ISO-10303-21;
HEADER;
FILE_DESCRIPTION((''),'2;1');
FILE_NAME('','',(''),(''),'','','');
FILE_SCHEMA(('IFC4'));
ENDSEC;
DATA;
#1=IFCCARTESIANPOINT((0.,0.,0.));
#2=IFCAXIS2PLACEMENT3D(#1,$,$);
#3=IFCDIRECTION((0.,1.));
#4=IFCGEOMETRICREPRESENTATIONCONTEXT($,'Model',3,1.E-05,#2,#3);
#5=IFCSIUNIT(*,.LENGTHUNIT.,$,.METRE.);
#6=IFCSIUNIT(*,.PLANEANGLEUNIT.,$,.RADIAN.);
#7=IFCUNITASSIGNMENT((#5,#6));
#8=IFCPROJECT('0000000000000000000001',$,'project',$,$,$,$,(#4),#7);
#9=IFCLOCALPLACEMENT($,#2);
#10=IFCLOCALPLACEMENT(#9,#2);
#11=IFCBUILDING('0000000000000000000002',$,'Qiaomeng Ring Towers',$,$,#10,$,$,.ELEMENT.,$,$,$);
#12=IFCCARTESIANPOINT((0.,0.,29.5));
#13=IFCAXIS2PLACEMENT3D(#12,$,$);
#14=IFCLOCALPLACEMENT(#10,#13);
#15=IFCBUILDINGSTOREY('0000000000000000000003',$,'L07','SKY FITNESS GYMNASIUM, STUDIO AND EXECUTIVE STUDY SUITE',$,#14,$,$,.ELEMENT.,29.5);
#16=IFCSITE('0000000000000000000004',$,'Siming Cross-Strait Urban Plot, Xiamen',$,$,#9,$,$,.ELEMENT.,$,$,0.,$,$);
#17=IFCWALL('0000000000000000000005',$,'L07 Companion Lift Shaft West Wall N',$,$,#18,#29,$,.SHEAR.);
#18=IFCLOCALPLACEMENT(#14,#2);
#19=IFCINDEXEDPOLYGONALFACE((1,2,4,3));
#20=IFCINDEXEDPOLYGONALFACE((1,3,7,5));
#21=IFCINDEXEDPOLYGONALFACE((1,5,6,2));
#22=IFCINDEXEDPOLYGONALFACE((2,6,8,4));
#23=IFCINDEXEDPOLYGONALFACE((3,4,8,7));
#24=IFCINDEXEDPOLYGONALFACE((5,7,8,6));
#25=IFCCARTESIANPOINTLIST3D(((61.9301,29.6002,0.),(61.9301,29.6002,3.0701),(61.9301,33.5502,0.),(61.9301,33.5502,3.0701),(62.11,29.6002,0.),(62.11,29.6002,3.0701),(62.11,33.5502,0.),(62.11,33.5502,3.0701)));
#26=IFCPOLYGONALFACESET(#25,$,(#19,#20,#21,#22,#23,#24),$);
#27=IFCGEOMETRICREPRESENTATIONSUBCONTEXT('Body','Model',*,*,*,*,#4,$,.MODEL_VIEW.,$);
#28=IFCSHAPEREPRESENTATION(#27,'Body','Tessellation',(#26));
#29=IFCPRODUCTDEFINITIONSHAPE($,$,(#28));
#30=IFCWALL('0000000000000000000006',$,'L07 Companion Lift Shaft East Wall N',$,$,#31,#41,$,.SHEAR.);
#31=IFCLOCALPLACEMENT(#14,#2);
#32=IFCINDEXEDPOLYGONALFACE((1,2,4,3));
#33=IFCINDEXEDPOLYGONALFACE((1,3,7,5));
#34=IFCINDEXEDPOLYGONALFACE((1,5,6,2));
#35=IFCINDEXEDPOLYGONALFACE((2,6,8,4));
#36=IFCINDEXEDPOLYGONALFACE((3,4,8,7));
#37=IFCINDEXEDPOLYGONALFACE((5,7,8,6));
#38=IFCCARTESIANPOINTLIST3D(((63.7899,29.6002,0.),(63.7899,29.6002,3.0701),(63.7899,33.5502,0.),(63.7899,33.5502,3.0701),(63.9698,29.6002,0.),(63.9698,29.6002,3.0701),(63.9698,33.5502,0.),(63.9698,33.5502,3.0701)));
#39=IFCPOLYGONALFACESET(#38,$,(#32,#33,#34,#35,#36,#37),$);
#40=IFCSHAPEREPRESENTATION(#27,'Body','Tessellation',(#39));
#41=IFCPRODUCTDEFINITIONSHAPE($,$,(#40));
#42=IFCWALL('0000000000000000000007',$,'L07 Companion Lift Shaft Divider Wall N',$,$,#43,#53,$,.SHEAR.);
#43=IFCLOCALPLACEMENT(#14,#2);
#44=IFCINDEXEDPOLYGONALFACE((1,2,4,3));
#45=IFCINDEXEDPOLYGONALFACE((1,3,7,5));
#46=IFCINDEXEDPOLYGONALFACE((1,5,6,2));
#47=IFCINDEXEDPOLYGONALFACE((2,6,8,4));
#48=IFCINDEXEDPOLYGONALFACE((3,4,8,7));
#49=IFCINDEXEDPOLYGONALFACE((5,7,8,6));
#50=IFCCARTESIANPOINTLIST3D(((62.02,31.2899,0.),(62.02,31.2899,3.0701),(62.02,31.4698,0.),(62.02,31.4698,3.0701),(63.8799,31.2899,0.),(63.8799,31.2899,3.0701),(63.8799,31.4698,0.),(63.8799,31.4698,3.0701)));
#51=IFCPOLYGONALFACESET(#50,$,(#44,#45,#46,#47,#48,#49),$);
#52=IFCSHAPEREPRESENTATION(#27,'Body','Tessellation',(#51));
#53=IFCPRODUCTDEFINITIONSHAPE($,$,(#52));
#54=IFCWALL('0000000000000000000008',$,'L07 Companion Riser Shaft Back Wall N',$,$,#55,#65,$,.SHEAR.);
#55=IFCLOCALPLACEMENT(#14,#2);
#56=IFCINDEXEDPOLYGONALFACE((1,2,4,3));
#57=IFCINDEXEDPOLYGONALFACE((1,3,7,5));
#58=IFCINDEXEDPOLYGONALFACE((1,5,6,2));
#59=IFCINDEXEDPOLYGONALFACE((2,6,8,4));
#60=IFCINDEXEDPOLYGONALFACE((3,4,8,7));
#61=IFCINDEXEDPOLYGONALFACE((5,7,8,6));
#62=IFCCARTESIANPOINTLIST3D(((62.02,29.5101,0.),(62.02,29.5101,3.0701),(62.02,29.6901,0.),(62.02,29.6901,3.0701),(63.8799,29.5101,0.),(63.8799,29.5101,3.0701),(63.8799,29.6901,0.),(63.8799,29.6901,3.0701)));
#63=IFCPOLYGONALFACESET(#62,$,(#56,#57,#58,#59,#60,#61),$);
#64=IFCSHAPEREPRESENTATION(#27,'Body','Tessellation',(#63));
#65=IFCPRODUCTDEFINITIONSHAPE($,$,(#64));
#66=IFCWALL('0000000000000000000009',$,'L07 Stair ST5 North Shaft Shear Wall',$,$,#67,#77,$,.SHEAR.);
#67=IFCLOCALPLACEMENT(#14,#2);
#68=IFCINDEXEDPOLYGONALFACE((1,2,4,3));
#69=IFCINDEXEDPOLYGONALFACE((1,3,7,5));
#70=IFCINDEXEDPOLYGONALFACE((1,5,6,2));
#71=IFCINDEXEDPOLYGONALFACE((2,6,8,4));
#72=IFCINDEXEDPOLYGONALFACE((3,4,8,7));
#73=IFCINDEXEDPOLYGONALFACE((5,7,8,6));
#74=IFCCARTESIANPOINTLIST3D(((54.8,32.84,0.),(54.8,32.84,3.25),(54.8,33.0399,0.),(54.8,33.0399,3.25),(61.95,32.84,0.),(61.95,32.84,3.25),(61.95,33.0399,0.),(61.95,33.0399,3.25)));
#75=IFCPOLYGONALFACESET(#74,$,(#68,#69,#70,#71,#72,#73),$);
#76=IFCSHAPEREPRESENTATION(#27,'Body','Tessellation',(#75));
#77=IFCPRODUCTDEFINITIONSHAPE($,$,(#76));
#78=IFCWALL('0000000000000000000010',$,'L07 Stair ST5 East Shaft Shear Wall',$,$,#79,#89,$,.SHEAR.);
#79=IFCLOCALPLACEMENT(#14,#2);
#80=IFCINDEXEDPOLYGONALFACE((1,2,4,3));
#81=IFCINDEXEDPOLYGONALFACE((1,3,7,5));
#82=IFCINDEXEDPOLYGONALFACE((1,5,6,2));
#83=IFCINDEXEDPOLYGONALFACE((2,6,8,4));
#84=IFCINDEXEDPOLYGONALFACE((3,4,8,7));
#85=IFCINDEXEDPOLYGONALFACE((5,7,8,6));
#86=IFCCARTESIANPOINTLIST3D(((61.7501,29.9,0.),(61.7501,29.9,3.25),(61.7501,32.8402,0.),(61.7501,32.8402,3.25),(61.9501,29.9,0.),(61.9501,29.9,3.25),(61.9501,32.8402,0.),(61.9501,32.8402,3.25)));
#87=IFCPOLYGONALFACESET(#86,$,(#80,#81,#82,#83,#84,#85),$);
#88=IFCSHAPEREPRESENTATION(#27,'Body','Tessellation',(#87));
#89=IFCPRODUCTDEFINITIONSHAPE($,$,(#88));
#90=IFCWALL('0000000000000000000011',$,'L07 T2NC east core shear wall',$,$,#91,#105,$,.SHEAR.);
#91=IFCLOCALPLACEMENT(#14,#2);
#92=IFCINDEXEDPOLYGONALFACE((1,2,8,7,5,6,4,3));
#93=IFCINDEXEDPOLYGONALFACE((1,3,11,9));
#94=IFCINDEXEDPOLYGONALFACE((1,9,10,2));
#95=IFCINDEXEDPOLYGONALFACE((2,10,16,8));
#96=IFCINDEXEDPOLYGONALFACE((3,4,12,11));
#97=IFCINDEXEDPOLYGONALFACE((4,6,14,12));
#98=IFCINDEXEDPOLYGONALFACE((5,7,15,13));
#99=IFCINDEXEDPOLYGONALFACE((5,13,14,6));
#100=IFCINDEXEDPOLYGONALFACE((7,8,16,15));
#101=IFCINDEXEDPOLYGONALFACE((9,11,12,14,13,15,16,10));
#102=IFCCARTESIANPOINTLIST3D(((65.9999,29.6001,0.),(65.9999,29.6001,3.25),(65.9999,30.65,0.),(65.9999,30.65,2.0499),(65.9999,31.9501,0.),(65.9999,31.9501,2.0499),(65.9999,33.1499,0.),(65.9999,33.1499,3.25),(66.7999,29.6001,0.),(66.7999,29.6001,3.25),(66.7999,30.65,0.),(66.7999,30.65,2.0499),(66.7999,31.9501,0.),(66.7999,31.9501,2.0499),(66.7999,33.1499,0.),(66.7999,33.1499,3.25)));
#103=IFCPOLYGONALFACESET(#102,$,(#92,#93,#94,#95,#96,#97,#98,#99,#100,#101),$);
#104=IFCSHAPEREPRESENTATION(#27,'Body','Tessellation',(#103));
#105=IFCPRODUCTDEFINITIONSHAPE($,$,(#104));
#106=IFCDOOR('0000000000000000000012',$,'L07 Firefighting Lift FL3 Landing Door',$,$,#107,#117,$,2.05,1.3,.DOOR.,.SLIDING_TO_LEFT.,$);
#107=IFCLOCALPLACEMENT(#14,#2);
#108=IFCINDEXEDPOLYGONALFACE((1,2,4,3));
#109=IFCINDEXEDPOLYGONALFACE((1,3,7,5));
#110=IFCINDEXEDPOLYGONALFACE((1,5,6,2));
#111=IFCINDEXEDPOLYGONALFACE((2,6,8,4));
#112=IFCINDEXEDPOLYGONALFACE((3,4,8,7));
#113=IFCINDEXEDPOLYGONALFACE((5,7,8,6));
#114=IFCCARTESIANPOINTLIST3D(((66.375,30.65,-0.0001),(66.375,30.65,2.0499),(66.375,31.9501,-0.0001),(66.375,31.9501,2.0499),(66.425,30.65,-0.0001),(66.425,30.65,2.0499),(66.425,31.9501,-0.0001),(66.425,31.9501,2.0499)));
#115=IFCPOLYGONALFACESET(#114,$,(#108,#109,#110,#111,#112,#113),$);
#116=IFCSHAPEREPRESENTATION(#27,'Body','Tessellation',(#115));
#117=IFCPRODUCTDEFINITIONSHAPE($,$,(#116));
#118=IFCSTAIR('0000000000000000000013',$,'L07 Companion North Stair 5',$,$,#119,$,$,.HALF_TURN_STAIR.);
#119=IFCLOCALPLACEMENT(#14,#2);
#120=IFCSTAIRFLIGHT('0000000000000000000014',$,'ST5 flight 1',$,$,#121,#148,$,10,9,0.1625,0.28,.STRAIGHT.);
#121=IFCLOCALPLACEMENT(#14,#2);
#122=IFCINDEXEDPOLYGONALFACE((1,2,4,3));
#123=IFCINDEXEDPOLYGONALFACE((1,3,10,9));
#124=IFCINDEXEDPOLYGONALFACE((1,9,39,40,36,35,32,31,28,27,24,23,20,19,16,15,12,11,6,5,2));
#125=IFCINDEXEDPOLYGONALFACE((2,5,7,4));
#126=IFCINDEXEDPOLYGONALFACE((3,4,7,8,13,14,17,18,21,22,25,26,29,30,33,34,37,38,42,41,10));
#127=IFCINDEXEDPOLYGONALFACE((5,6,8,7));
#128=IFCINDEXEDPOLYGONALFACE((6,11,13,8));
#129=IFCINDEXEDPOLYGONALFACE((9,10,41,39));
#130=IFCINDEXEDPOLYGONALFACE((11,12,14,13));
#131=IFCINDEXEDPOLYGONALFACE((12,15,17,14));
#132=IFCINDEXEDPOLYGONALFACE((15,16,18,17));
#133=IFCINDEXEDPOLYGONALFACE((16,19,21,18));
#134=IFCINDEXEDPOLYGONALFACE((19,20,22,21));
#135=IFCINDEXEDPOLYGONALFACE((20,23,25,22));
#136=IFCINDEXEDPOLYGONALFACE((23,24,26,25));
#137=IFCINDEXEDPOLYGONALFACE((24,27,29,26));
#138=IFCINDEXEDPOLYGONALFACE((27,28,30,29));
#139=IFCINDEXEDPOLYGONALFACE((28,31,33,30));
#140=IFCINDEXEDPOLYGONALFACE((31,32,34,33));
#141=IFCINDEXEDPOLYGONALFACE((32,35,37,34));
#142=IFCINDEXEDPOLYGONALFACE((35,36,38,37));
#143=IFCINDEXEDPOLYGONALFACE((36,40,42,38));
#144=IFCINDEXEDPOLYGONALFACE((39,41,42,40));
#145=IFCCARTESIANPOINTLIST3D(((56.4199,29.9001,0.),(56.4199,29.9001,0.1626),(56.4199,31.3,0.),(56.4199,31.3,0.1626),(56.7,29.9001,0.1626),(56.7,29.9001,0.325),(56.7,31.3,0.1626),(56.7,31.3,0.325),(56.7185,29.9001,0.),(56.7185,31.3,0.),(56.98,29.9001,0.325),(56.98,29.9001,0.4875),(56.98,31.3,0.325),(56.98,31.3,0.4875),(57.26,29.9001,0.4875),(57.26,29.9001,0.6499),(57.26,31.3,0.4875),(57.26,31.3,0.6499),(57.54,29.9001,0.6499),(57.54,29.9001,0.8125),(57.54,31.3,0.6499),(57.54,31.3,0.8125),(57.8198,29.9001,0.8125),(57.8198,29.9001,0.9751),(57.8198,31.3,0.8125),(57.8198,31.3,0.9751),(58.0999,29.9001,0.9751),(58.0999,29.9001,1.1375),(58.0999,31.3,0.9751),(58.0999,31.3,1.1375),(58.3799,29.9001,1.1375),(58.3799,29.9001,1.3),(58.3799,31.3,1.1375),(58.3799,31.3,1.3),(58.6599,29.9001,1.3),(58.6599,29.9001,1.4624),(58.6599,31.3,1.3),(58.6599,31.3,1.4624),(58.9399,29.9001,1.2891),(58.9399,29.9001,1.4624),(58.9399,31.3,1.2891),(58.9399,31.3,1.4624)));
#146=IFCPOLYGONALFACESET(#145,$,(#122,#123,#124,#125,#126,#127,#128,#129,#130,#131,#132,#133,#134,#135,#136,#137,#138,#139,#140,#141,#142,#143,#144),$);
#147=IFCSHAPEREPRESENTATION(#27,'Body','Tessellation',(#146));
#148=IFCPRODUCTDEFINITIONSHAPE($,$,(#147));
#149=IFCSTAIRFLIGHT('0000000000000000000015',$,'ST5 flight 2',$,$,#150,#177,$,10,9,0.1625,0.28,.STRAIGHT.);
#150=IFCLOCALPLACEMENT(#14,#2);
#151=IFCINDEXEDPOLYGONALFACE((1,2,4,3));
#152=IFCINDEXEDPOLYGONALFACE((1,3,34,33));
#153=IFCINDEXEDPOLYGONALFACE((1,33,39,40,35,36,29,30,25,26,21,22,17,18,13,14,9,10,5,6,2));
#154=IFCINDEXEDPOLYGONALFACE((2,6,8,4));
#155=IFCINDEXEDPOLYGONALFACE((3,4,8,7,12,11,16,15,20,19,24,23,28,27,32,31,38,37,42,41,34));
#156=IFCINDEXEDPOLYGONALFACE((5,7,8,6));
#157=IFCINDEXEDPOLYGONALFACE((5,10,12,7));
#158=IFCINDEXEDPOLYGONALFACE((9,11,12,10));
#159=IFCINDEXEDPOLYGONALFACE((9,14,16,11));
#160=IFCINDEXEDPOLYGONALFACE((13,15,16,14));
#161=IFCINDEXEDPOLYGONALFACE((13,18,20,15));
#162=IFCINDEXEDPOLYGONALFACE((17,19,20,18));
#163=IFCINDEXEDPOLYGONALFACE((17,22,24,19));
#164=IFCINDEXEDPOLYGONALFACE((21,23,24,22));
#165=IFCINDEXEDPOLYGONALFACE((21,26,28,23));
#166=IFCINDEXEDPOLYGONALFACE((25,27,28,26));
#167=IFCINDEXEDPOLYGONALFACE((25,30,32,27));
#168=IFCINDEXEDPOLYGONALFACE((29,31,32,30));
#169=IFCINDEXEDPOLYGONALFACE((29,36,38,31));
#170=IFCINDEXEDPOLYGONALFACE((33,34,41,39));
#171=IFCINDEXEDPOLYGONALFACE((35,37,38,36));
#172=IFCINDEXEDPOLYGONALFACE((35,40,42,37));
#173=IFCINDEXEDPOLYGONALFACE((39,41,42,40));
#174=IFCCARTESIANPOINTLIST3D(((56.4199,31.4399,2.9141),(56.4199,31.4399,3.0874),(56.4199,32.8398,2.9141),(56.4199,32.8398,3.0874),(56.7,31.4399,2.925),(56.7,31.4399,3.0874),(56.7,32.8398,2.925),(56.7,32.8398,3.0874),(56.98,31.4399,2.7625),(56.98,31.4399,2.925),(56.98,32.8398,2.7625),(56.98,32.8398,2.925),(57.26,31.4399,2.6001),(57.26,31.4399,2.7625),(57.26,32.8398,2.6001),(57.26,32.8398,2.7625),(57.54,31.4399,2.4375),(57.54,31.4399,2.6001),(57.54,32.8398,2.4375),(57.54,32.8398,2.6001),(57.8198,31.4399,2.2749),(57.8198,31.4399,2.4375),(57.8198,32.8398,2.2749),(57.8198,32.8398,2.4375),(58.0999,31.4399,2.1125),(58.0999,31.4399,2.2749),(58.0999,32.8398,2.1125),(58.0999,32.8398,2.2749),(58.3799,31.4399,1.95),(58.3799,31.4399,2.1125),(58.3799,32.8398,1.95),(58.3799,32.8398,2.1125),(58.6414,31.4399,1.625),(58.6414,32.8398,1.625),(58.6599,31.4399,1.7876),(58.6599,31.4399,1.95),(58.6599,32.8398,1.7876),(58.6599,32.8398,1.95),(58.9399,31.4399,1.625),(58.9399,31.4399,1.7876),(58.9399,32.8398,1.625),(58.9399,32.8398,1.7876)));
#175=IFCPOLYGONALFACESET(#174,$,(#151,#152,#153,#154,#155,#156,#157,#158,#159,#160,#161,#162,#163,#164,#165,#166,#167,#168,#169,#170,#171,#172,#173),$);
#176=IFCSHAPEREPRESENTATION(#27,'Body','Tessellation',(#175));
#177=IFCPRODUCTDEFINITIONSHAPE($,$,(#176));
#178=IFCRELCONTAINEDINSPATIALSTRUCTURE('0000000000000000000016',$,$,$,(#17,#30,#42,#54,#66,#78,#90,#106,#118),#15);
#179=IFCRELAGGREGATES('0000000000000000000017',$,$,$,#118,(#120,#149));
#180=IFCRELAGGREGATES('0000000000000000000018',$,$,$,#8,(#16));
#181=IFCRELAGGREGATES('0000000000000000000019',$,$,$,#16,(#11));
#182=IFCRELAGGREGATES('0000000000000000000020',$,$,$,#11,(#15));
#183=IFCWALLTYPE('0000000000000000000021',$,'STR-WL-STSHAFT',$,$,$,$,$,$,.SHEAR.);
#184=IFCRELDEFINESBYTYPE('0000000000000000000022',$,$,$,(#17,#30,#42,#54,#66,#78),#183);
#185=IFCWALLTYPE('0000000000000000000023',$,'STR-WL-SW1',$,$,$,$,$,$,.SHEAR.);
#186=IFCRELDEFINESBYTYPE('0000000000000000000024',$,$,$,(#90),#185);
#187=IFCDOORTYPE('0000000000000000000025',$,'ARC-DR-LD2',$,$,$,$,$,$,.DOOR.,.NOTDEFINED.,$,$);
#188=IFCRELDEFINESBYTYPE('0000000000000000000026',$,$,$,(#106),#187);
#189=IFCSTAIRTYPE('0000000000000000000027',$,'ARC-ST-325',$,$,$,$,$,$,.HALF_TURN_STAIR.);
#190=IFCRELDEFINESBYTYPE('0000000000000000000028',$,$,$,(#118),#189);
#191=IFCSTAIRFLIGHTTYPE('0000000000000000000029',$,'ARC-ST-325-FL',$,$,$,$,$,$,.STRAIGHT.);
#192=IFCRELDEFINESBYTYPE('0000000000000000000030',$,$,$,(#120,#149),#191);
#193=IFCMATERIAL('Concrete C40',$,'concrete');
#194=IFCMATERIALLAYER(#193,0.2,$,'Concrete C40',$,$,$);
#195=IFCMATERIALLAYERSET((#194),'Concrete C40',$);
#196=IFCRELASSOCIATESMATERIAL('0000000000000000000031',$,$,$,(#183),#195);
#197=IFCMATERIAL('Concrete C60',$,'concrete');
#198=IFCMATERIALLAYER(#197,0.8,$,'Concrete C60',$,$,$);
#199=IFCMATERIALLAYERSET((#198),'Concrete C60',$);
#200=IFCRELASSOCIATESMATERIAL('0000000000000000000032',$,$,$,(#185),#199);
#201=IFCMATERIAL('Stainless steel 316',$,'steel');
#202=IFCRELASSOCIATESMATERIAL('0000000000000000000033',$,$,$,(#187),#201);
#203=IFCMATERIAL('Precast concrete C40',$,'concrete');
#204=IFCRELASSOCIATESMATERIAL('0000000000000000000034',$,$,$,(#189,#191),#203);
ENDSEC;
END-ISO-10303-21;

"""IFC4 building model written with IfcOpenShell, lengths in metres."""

from ifc_helpers import new_model, si_unit, direction, frame, frame_2d, origin, place, context, subcontext, project, spatial, polyline, rectangle, outline, extrude, source, transform, mapped, material, layer, layer_set, type_object, element, fill, aggregate, save


model = new_model("IFC4")

# Units and contexts
model_context = context("Model", 3, precision=1e-05, world=origin(), true_north=direction((0.0, 1.0)))
body_context = subcontext(model_context, "Body", "Model", "MODEL_VIEW")
ifc_project = project(units=[si_unit("LENGTHUNIT", "METRE"), si_unit("PLANEANGLEUNIT", "RADIAN")], contexts=[model_context])

# Site, building, storey
site_placement = place(None, origin())
site = spatial("IfcSite", under=ifc_project, at=site_placement, Name="Siming Cross-Strait Urban Plot, Xiamen", CompositionType="ELEMENT", RefElevation=0.0)
building_placement = place(site_placement, origin())
building = spatial("IfcBuilding", under=site, at=building_placement, Name="Qiaomeng Ring Towers", CompositionType="ELEMENT")
storey_placement = place(building_placement, frame((0.0, 0.0, 29.5)))
storey = spatial("IfcBuildingStorey", under=building, at=storey_placement, Name="L07", Description="SKY FITNESS GYMNASIUM, STUDIO AND EXECUTIVE STUDY SUITE", CompositionType="ELEMENT", Elevation=29.5)

# Walls
ifc_material_1 = material(Name="Concrete C40", Category="concrete")
ifc_layer_1 = layer(ifc_material_1, 0.2, Name="Concrete C40")
ifc_layer_set_1 = layer_set([ifc_layer_1], Name="Concrete C40")
wall_type_1 = type_object("IfcWallType", Name="STR-WL-STSHAFT", PredefinedType="SHEAR", material=ifc_layer_set_1)
for number, where, z_axis, x_axis, name in (
    (1, (62.02, 29.6001, 0.0), (0.0, 0.0, 1.0), (0.0, 1.0, 0.0), "L07 Companion Lift Shaft West Wall N"),
    (2, (63.8799, 29.6001, 0.0), (0.0, 0.0, 1.0), (0.0, 1.0, 0.0), "L07 Companion Lift Shaft East Wall N"),
):
    element("IfcWall", number, at=place(storey_placement, frame(where, z_axis=z_axis, x_axis=x_axis)), inside=storey, type_object=wall_type_1, Name=name, PredefinedType="SHEAR", context=body_context, shape_type="SweptSolid", body=[
        extrude(rectangle(XDim=3.95, YDim=0.1799, at=frame_2d((1.9751, 0.0))), origin(), (0.0, 0.0, 1.0), 3.0701),
    ])
for number, where, z_axis, x_axis, name in (
    (3, (62.02, 31.3799, 0.0), (0.0, 0.0, 1.0), (1.0, 0.0, 0.0), "L07 Companion Lift Shaft Divider Wall N"),
    (4, (62.02, 29.6001, 0.0), (0.0, 0.0, 1.0), (1.0, 0.0, 0.0), "L07 Companion Riser Shaft Back Wall N"),
):
    element("IfcWall", number, at=place(storey_placement, frame(where, z_axis=z_axis, x_axis=x_axis)), inside=storey, type_object=wall_type_1, Name=name, PredefinedType="SHEAR", context=body_context, shape_type="SweptSolid", body=[
        extrude(rectangle(XDim=1.8599, YDim=0.1799, at=frame_2d((0.9299, 0.0))), origin(), (0.0, 0.0, 1.0), 3.0701),
    ])
wall_1_placement = place(storey_placement, frame((54.8, 32.9399, 0.0), z_axis=(0.0, 0.0, 1.0), x_axis=(1.0, 0.0, 0.0)))
element("IfcWall", 5, at=wall_1_placement, inside=storey, type_object=wall_type_1, Name="L07 Stair ST5 North Shaft Shear Wall", PredefinedType="SHEAR", context=body_context, shape_type="SweptSolid", body=[
    extrude(rectangle(XDim=7.1499, YDim=0.2, at=frame_2d((3.575, 0.0))), origin(), (0.0, 0.0, 1.0), 3.25),
])
wall_2_placement = place(storey_placement, frame((61.8501, 29.8999, 0.0), z_axis=(0.0, 0.0, 1.0), x_axis=(0.0, 1.0, 0.0)))
element("IfcWall", 6, at=wall_2_placement, inside=storey, type_object=wall_type_1, Name="L07 Stair ST5 East Shaft Shear Wall", PredefinedType="SHEAR", context=body_context, shape_type="SweptSolid", body=[
    extrude(rectangle(XDim=2.9402, YDim=0.2, at=frame_2d((1.4702, 0.0))), origin(), (0.0, 0.0, 1.0), 3.25),
])

# Wall, opening, door
ifc_material_2 = material(Name="Concrete C60", Category="concrete")
ifc_layer_2 = layer(ifc_material_2, 0.8, Name="Concrete C60")
ifc_layer_set_2 = layer_set([ifc_layer_2], Name="Concrete C60")
wall_type_2 = type_object("IfcWallType", Name="STR-WL-SW1", PredefinedType="SHEAR", material=ifc_layer_set_2)
wall_3_placement = place(storey_placement, frame((66.3999, 29.6001, 0.0), z_axis=(0.0, 0.0, 1.0), x_axis=(0.0, 1.0, 0.0)))
wall_3 = element("IfcWall", 7, at=wall_3_placement, inside=storey, type_object=wall_type_2, Name="L07 T2NC east core shear wall", PredefinedType="SHEAR", context=body_context, shape_type="SweptSolid", body=[
    extrude(rectangle(XDim=3.5498, YDim=0.8, at=frame_2d((1.7749, 0.0))), origin(), (0.0, 0.0, 1.0), 3.25),
])
opening_placement = place(wall_3_placement, frame((1.05, 0.0, 0.0)))
opening = element("IfcOpeningElement", 8, at=opening_placement, cuts=wall_3, PredefinedType="OPENING", context=body_context, shape_type="SweptSolid", body=[
    extrude(rectangle(XDim=1.3, YDim=2.05, at=frame_2d((0.6499, 1.0249))), frame((0.0, 0.4099, 0.0), z_axis=(0.0, -1.0, 0.0), x_axis=(1.0, 0.0, 0.0)), (0.0, 0.0, 1.0), 0.8201),
])
ifc_material_3 = material(Name="Stainless steel 316", Category="steel")
door_type = type_object("IfcDoorType", Name="ARC-DR-LD2", OperationType="NOTDEFINED", PredefinedType="DOOR", material=ifc_material_3)
shared_shape_1 = source(origin(), body_context, "Body", "SweptSolid", [
    extrude(rectangle(XDim=1.3, YDim=2.05, at=frame_2d((0.6499, 1.0249))), frame((0.0, 0.0249, 0.0), z_axis=(0.0, -1.0, 0.0), x_axis=(1.0, 0.0, 0.0)), (0.0, 0.0, 1.0), 0.05),
])
door_placement = place(opening_placement, origin())
door = element("IfcDoor", 9, at=door_placement, inside=storey, type_object=door_type, Name="L07 Firefighting Lift FL3 Landing Door", OperationType="SLIDING_TO_LEFT", OverallHeight=2.05, OverallWidth=1.3, PredefinedType="DOOR", context=body_context, shape_type="MappedRepresentation", body=[
    mapped(shared_shape_1, transform((0.0, 0.0, 0.0), x_axis=(1.0, 0.0, 0.0), y_axis=(0.0, 1.0, 0.0), z_axis=(0.0, 0.0, 1.0), scale=1.0)),
])
fill(opening, door)

# Stair, stair flights
ifc_material_4 = material(Name="Precast concrete C40", Category="concrete")
stair_type = type_object("IfcStairType", Name="ARC-ST-325", PredefinedType="HALF_TURN_STAIR", material=ifc_material_4)
stair_placement = place(storey_placement, origin())
stair = element("IfcStair", 10, at=stair_placement, inside=storey, type_object=stair_type, Name="L07 Companion North Stair 5", PredefinedType="HALF_TURN_STAIR")
stair_flight_type = type_object("IfcStairFlightType", Name="ARC-ST-325-FL", PredefinedType="STRAIGHT", material=ifc_material_4)
shared_shape_2 = source(origin(), body_context, "Body", "SweptSolid", [
    extrude(outline(polyline([(0.0, 0.0), (0.0, 0.1626), (0.28, 0.1626), (0.28, 0.325), (0.5601, 0.325), (0.5601, 0.4875), (0.8401, 0.4875), (0.8401, 0.6499), (1.1201, 0.6499), (1.1201, 0.8125), (1.3999, 0.8125), (1.3999, 0.9751), (1.6799, 0.9751), (1.6799, 1.1375), (1.96, 1.1375), (1.96, 1.3), (2.24, 1.3), (2.24, 1.4624), (2.52, 1.4624), (2.52, 1.625), (2.52, 1.2891), (0.2986, 0.0), (0.0, 0.0)])), frame((0.0, 0.7, 0.0), z_axis=(0.0, -1.0, 0.0), x_axis=(1.0, 0.0, 0.0)), (0.0, 0.0, 1.0), 1.3999),
])
stair_flight_1_placement = place(storey_placement, frame((56.4199, 30.6001, 0.0), z_axis=(0.0, 0.0, 1.0), x_axis=(1.0, 0.0, 0.0)))
stair_flight_1 = element("IfcStairFlight", 11, at=stair_flight_1_placement, type_object=stair_flight_type, Name="ST5 flight 1", NumberOfRisers=10, NumberOfTreads=9, PredefinedType="STRAIGHT", RiserHeight=0.1625, TreadLength=0.28, context=body_context, shape_type="MappedRepresentation", body=[
    mapped(shared_shape_2, transform((0.0, 0.0, 0.0), x_axis=(1.0, 0.0, 0.0), y_axis=(0.0, 1.0, 0.0), z_axis=(0.0, 0.0, 1.0), scale=1.0)),
])
stair_flight_2_placement = place(storey_placement, frame((58.9399, 32.1399, 1.625), z_axis=(0.0, 0.0, 1.0), x_axis=(-1.0, 0.0, 0.0)))
stair_flight_2 = element("IfcStairFlight", 12, at=stair_flight_2_placement, type_object=stair_flight_type, Name="ST5 flight 2", NumberOfRisers=10, NumberOfTreads=9, PredefinedType="STRAIGHT", RiserHeight=0.1625, TreadLength=0.28, context=body_context, shape_type="MappedRepresentation", body=[
    mapped(shared_shape_2, transform((0.0, 0.0, 0.0), x_axis=(1.0, 0.0, 0.0), y_axis=(0.0, 1.0, 0.0), z_axis=(0.0, 0.0, 1.0), scale=1.0)),
])
aggregate(stair, [stair_flight_1, stair_flight_2])

save(model, "model.ifc")
